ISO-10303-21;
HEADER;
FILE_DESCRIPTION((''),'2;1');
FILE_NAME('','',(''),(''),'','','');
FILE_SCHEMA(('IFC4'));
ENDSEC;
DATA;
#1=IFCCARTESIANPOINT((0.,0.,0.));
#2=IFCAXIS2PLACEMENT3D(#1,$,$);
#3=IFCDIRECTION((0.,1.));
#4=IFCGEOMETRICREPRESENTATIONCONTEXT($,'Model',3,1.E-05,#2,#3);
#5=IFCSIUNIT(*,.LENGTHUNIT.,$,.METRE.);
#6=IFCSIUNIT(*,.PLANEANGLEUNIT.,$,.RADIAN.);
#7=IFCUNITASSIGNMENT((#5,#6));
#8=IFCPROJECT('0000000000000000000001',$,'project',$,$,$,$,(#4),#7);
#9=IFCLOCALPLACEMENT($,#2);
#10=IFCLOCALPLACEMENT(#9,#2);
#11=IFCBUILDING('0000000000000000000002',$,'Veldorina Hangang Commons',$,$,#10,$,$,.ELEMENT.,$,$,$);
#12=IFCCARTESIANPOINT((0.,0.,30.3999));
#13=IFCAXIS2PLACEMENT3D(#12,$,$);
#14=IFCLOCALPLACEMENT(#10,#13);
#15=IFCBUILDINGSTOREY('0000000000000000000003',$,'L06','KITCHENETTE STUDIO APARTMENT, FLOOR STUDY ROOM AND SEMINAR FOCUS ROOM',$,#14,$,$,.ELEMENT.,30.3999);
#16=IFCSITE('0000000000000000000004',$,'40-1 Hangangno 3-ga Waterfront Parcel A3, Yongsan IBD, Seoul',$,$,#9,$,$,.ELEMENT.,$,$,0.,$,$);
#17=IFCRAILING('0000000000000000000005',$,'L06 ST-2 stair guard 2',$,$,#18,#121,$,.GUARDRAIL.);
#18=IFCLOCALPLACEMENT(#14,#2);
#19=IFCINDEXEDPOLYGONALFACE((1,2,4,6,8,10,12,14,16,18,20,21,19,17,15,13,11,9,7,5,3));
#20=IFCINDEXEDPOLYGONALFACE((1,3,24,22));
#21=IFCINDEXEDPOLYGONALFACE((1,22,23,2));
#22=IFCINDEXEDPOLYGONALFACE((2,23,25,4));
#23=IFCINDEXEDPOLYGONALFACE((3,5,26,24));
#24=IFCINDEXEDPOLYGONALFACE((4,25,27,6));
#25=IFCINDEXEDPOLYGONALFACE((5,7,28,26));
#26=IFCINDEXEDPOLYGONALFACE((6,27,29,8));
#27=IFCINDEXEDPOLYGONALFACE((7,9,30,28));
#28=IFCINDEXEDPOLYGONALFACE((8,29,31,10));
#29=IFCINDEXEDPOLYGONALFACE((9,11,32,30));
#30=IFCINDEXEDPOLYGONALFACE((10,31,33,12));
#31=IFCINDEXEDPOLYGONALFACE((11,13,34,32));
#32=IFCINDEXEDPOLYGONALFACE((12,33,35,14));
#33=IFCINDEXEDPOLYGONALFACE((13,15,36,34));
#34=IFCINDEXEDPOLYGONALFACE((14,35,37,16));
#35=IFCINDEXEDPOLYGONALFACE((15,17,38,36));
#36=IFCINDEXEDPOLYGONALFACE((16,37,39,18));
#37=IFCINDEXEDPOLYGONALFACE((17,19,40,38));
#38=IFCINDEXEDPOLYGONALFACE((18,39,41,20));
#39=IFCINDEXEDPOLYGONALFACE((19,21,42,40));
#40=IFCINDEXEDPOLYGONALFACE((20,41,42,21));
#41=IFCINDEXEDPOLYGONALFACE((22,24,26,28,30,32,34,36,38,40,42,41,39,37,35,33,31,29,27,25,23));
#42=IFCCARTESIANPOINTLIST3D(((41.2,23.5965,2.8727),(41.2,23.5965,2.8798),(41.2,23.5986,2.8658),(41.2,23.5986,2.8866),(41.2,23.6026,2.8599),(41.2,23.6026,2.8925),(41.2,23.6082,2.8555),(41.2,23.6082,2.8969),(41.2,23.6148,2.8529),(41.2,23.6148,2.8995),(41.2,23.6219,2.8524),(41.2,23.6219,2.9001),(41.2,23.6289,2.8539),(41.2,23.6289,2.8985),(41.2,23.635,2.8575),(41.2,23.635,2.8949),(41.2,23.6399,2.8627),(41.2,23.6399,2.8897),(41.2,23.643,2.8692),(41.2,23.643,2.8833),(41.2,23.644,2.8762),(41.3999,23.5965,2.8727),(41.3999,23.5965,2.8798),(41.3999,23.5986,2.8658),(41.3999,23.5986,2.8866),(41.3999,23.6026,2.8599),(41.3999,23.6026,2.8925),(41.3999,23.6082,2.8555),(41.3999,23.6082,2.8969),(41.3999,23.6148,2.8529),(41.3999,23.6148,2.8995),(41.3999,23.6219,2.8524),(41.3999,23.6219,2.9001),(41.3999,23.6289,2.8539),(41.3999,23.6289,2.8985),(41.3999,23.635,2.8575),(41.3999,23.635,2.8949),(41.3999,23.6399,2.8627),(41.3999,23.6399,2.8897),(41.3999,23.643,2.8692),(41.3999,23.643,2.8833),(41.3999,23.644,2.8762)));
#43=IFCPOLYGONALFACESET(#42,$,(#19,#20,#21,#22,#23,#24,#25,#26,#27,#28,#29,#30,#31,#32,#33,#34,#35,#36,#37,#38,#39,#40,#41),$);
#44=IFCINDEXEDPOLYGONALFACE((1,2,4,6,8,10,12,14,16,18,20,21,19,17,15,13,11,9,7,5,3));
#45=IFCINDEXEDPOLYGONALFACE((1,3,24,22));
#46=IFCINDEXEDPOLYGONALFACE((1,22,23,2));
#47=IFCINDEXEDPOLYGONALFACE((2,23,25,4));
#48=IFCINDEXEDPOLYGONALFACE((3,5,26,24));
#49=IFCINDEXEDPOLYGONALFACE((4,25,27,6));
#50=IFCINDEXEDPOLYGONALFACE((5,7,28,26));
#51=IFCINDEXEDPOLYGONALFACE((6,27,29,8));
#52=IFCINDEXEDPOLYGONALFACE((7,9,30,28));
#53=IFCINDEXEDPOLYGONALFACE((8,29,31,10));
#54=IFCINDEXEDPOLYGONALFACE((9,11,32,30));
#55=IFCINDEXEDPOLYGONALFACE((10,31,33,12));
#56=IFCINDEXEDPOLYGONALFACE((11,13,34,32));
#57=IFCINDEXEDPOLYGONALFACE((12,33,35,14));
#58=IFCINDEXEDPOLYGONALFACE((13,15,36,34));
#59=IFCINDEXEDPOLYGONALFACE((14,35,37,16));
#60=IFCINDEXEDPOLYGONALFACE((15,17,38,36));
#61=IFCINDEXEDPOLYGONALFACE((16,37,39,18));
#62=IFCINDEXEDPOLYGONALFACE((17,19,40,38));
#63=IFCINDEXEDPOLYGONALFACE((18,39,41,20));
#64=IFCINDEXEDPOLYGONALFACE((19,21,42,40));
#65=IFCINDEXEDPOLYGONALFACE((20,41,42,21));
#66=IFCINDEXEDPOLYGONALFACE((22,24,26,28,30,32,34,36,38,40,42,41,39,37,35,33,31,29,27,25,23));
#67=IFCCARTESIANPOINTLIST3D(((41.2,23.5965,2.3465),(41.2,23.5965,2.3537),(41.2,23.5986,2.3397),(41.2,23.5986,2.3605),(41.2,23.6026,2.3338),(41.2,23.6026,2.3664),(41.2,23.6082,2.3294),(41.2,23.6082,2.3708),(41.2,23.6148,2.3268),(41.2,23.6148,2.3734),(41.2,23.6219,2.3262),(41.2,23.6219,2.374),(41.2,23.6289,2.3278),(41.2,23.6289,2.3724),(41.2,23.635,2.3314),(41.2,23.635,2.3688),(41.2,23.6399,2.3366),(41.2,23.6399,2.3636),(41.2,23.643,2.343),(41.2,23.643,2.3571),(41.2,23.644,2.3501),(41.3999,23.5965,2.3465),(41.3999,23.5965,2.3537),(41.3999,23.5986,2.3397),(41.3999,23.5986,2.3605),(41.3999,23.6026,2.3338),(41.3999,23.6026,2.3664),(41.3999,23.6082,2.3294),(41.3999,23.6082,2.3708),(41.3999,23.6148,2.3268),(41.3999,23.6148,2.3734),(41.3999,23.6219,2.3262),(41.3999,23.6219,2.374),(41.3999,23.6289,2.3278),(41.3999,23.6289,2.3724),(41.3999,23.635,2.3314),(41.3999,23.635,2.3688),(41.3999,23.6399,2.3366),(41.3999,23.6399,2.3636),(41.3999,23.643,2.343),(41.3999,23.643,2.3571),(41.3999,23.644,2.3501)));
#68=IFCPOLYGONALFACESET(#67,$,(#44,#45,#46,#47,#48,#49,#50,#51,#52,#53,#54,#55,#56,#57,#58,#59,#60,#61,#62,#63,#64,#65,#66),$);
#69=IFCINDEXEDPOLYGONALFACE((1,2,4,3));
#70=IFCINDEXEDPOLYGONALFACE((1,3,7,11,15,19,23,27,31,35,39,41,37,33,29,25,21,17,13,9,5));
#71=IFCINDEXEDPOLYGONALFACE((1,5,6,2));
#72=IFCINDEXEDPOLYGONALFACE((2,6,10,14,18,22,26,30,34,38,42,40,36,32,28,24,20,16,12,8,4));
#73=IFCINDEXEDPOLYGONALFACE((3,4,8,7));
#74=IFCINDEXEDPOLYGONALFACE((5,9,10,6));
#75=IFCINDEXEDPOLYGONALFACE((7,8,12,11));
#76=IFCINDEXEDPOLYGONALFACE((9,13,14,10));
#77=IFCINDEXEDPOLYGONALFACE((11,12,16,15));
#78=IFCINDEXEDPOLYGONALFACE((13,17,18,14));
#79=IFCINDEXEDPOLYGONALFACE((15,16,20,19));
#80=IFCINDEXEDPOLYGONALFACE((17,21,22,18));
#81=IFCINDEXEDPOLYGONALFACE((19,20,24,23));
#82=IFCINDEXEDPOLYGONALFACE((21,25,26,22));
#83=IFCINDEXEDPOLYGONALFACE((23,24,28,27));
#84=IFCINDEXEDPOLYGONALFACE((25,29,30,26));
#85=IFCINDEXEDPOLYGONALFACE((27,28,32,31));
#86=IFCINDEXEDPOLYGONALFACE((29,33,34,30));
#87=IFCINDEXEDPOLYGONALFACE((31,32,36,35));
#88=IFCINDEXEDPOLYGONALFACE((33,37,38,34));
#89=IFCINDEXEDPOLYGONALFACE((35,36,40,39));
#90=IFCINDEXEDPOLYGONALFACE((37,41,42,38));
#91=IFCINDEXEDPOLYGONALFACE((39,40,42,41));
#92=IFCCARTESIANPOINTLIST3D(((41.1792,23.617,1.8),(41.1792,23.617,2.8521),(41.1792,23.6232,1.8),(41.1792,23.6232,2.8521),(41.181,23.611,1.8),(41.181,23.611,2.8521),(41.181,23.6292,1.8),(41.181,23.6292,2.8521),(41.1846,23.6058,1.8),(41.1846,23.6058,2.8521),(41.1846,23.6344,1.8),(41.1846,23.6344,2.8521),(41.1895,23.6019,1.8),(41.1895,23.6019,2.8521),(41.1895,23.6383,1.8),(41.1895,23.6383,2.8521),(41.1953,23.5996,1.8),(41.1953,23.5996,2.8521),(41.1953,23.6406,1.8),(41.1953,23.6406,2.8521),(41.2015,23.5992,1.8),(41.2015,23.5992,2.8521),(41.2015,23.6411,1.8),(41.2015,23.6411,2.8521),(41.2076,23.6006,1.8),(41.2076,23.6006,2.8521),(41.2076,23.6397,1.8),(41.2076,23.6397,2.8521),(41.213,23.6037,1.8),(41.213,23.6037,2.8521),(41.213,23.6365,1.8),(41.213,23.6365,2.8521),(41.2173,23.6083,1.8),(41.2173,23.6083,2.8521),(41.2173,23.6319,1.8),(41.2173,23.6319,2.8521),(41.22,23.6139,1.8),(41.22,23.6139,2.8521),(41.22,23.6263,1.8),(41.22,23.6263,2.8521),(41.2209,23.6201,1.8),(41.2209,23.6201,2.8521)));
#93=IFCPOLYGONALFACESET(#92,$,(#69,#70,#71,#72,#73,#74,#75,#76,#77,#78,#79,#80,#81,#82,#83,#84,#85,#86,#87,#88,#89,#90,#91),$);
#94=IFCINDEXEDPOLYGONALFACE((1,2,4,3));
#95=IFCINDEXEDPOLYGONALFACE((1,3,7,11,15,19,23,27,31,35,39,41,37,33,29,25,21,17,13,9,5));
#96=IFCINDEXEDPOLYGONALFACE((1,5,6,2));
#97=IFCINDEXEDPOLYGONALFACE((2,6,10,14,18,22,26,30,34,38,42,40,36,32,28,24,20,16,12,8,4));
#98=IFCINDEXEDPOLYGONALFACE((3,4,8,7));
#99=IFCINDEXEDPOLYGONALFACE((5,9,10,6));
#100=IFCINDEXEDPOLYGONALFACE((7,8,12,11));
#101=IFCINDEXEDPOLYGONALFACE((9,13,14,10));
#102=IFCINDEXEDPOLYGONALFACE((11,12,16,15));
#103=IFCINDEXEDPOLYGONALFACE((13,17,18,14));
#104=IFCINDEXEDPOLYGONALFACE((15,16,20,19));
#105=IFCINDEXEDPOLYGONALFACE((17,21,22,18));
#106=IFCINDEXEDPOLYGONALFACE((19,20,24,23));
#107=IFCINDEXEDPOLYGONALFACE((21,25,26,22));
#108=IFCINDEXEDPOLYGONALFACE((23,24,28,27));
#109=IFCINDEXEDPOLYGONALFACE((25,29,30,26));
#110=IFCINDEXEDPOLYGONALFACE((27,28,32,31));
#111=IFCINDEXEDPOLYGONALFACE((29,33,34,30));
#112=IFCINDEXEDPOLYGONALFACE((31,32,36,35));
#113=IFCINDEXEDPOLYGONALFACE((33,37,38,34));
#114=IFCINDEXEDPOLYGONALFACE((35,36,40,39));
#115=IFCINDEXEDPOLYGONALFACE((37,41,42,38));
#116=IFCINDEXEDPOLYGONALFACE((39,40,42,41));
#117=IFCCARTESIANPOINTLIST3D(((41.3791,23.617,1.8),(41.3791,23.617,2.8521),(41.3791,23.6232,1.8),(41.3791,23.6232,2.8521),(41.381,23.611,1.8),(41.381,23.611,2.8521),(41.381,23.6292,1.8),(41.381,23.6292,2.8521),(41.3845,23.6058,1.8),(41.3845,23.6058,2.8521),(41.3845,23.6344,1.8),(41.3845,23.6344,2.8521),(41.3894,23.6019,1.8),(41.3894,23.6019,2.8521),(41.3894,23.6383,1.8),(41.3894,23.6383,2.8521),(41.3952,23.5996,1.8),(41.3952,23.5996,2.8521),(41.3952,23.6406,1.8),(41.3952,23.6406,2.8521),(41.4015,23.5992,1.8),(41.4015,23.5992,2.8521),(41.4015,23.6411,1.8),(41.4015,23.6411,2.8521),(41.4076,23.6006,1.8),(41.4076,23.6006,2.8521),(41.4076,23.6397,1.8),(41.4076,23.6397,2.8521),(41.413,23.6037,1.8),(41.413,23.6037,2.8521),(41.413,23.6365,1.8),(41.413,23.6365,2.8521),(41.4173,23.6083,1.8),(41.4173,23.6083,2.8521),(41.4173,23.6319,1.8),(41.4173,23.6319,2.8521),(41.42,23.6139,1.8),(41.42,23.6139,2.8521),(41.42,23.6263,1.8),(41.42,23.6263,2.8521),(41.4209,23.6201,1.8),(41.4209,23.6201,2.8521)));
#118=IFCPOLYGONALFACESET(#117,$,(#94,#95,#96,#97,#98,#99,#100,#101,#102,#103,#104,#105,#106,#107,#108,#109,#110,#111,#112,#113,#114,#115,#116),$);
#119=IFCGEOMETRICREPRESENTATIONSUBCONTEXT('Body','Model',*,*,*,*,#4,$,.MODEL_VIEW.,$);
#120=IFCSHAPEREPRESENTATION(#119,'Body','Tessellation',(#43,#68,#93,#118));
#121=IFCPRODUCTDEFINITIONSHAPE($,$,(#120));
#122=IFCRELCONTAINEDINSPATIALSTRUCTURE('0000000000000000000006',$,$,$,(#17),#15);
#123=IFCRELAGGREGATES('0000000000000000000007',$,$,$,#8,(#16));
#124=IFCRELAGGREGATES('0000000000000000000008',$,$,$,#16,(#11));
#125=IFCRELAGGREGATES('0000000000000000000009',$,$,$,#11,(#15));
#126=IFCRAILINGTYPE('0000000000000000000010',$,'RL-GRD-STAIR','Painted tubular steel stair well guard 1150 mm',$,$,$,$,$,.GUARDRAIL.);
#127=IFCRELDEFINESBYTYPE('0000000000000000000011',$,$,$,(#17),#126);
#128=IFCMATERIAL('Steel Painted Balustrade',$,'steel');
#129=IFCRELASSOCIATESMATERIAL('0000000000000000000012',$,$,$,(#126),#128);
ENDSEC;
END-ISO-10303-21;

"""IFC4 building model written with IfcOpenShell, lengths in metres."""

from ifc_helpers import new_model, si_unit, direction, frame, origin, origin_2d, place, context, subcontext, project, spatial, circle, extrude, material, type_object, element, save


model = new_model("IFC4")

# Units and contexts
model_context = context("Model", 3, precision=1e-05, world=origin(), true_north=direction((0.0, 1.0)))
body_context = subcontext(model_context, "Body", "Model", "MODEL_VIEW")
ifc_project = project(units=[si_unit("LENGTHUNIT", "METRE"), si_unit("PLANEANGLEUNIT", "RADIAN")], contexts=[model_context])

# Site, building, storey
site_placement = place(None, origin())
site = spatial("IfcSite", under=ifc_project, at=site_placement, Name="40-1 Hangangno 3-ga Waterfront Parcel A3, Yongsan IBD, Seoul", CompositionType="ELEMENT", RefElevation=0.0)
building_placement = place(site_placement, origin())
building = spatial("IfcBuilding", under=site, at=building_placement, Name="Veldorina Hangang Commons", CompositionType="ELEMENT")
storey_placement = place(building_placement, frame((0.0, 0.0, 30.3999)))
storey = spatial("IfcBuildingStorey", under=building, at=storey_placement, Name="L06", Description="KITCHENETTE STUDIO APARTMENT, FLOOR STUDY ROOM AND SEMINAR FOCUS ROOM", CompositionType="ELEMENT", Elevation=30.3999)

# Railing
ifc_material_1 = material(Name="Steel Painted Balustrade", Category="steel")
railing_type = type_object("IfcRailingType", Name="RL-GRD-STAIR", Description="Painted tubular steel stair well guard 1150 mm", PredefinedType="GUARDRAIL", material=ifc_material_1)
railing_placement = place(storey_placement, frame((41.2, 23.6201, 1.8)))
element("IfcRailing", 1, at=railing_placement, inside=storey, type_object=railing_type, Name="L06 ST-2 stair guard 2", PredefinedType="GUARDRAIL", context=body_context, shape_type="SweptSolid", body=[
    extrude(circle(Radius=0.0239, at=origin_2d()), frame((0.0, 0.0, 1.0762), z_axis=(1.0, 0.0, 0.0), x_axis=(0.0, 1.0, 0.0)), (0.0, 0.0, 1.0), 0.2),
    extrude(circle(Radius=0.0239, at=origin_2d()), frame((0.0, 0.0, 0.55), z_axis=(1.0, 0.0, 0.0), x_axis=(0.0, 1.0, 0.0)), (0.0, 0.0, 1.0), 0.2),
    extrude(circle(Radius=0.021, at=origin_2d()), origin(), (0.0, 0.0, 1.0), 1.052),
    extrude(circle(Radius=0.021, at=origin_2d()), frame((0.2, 0.0, 0.0)), (0.0, 0.0, 1.0), 1.052),
])

save(model, "model.ifc")
